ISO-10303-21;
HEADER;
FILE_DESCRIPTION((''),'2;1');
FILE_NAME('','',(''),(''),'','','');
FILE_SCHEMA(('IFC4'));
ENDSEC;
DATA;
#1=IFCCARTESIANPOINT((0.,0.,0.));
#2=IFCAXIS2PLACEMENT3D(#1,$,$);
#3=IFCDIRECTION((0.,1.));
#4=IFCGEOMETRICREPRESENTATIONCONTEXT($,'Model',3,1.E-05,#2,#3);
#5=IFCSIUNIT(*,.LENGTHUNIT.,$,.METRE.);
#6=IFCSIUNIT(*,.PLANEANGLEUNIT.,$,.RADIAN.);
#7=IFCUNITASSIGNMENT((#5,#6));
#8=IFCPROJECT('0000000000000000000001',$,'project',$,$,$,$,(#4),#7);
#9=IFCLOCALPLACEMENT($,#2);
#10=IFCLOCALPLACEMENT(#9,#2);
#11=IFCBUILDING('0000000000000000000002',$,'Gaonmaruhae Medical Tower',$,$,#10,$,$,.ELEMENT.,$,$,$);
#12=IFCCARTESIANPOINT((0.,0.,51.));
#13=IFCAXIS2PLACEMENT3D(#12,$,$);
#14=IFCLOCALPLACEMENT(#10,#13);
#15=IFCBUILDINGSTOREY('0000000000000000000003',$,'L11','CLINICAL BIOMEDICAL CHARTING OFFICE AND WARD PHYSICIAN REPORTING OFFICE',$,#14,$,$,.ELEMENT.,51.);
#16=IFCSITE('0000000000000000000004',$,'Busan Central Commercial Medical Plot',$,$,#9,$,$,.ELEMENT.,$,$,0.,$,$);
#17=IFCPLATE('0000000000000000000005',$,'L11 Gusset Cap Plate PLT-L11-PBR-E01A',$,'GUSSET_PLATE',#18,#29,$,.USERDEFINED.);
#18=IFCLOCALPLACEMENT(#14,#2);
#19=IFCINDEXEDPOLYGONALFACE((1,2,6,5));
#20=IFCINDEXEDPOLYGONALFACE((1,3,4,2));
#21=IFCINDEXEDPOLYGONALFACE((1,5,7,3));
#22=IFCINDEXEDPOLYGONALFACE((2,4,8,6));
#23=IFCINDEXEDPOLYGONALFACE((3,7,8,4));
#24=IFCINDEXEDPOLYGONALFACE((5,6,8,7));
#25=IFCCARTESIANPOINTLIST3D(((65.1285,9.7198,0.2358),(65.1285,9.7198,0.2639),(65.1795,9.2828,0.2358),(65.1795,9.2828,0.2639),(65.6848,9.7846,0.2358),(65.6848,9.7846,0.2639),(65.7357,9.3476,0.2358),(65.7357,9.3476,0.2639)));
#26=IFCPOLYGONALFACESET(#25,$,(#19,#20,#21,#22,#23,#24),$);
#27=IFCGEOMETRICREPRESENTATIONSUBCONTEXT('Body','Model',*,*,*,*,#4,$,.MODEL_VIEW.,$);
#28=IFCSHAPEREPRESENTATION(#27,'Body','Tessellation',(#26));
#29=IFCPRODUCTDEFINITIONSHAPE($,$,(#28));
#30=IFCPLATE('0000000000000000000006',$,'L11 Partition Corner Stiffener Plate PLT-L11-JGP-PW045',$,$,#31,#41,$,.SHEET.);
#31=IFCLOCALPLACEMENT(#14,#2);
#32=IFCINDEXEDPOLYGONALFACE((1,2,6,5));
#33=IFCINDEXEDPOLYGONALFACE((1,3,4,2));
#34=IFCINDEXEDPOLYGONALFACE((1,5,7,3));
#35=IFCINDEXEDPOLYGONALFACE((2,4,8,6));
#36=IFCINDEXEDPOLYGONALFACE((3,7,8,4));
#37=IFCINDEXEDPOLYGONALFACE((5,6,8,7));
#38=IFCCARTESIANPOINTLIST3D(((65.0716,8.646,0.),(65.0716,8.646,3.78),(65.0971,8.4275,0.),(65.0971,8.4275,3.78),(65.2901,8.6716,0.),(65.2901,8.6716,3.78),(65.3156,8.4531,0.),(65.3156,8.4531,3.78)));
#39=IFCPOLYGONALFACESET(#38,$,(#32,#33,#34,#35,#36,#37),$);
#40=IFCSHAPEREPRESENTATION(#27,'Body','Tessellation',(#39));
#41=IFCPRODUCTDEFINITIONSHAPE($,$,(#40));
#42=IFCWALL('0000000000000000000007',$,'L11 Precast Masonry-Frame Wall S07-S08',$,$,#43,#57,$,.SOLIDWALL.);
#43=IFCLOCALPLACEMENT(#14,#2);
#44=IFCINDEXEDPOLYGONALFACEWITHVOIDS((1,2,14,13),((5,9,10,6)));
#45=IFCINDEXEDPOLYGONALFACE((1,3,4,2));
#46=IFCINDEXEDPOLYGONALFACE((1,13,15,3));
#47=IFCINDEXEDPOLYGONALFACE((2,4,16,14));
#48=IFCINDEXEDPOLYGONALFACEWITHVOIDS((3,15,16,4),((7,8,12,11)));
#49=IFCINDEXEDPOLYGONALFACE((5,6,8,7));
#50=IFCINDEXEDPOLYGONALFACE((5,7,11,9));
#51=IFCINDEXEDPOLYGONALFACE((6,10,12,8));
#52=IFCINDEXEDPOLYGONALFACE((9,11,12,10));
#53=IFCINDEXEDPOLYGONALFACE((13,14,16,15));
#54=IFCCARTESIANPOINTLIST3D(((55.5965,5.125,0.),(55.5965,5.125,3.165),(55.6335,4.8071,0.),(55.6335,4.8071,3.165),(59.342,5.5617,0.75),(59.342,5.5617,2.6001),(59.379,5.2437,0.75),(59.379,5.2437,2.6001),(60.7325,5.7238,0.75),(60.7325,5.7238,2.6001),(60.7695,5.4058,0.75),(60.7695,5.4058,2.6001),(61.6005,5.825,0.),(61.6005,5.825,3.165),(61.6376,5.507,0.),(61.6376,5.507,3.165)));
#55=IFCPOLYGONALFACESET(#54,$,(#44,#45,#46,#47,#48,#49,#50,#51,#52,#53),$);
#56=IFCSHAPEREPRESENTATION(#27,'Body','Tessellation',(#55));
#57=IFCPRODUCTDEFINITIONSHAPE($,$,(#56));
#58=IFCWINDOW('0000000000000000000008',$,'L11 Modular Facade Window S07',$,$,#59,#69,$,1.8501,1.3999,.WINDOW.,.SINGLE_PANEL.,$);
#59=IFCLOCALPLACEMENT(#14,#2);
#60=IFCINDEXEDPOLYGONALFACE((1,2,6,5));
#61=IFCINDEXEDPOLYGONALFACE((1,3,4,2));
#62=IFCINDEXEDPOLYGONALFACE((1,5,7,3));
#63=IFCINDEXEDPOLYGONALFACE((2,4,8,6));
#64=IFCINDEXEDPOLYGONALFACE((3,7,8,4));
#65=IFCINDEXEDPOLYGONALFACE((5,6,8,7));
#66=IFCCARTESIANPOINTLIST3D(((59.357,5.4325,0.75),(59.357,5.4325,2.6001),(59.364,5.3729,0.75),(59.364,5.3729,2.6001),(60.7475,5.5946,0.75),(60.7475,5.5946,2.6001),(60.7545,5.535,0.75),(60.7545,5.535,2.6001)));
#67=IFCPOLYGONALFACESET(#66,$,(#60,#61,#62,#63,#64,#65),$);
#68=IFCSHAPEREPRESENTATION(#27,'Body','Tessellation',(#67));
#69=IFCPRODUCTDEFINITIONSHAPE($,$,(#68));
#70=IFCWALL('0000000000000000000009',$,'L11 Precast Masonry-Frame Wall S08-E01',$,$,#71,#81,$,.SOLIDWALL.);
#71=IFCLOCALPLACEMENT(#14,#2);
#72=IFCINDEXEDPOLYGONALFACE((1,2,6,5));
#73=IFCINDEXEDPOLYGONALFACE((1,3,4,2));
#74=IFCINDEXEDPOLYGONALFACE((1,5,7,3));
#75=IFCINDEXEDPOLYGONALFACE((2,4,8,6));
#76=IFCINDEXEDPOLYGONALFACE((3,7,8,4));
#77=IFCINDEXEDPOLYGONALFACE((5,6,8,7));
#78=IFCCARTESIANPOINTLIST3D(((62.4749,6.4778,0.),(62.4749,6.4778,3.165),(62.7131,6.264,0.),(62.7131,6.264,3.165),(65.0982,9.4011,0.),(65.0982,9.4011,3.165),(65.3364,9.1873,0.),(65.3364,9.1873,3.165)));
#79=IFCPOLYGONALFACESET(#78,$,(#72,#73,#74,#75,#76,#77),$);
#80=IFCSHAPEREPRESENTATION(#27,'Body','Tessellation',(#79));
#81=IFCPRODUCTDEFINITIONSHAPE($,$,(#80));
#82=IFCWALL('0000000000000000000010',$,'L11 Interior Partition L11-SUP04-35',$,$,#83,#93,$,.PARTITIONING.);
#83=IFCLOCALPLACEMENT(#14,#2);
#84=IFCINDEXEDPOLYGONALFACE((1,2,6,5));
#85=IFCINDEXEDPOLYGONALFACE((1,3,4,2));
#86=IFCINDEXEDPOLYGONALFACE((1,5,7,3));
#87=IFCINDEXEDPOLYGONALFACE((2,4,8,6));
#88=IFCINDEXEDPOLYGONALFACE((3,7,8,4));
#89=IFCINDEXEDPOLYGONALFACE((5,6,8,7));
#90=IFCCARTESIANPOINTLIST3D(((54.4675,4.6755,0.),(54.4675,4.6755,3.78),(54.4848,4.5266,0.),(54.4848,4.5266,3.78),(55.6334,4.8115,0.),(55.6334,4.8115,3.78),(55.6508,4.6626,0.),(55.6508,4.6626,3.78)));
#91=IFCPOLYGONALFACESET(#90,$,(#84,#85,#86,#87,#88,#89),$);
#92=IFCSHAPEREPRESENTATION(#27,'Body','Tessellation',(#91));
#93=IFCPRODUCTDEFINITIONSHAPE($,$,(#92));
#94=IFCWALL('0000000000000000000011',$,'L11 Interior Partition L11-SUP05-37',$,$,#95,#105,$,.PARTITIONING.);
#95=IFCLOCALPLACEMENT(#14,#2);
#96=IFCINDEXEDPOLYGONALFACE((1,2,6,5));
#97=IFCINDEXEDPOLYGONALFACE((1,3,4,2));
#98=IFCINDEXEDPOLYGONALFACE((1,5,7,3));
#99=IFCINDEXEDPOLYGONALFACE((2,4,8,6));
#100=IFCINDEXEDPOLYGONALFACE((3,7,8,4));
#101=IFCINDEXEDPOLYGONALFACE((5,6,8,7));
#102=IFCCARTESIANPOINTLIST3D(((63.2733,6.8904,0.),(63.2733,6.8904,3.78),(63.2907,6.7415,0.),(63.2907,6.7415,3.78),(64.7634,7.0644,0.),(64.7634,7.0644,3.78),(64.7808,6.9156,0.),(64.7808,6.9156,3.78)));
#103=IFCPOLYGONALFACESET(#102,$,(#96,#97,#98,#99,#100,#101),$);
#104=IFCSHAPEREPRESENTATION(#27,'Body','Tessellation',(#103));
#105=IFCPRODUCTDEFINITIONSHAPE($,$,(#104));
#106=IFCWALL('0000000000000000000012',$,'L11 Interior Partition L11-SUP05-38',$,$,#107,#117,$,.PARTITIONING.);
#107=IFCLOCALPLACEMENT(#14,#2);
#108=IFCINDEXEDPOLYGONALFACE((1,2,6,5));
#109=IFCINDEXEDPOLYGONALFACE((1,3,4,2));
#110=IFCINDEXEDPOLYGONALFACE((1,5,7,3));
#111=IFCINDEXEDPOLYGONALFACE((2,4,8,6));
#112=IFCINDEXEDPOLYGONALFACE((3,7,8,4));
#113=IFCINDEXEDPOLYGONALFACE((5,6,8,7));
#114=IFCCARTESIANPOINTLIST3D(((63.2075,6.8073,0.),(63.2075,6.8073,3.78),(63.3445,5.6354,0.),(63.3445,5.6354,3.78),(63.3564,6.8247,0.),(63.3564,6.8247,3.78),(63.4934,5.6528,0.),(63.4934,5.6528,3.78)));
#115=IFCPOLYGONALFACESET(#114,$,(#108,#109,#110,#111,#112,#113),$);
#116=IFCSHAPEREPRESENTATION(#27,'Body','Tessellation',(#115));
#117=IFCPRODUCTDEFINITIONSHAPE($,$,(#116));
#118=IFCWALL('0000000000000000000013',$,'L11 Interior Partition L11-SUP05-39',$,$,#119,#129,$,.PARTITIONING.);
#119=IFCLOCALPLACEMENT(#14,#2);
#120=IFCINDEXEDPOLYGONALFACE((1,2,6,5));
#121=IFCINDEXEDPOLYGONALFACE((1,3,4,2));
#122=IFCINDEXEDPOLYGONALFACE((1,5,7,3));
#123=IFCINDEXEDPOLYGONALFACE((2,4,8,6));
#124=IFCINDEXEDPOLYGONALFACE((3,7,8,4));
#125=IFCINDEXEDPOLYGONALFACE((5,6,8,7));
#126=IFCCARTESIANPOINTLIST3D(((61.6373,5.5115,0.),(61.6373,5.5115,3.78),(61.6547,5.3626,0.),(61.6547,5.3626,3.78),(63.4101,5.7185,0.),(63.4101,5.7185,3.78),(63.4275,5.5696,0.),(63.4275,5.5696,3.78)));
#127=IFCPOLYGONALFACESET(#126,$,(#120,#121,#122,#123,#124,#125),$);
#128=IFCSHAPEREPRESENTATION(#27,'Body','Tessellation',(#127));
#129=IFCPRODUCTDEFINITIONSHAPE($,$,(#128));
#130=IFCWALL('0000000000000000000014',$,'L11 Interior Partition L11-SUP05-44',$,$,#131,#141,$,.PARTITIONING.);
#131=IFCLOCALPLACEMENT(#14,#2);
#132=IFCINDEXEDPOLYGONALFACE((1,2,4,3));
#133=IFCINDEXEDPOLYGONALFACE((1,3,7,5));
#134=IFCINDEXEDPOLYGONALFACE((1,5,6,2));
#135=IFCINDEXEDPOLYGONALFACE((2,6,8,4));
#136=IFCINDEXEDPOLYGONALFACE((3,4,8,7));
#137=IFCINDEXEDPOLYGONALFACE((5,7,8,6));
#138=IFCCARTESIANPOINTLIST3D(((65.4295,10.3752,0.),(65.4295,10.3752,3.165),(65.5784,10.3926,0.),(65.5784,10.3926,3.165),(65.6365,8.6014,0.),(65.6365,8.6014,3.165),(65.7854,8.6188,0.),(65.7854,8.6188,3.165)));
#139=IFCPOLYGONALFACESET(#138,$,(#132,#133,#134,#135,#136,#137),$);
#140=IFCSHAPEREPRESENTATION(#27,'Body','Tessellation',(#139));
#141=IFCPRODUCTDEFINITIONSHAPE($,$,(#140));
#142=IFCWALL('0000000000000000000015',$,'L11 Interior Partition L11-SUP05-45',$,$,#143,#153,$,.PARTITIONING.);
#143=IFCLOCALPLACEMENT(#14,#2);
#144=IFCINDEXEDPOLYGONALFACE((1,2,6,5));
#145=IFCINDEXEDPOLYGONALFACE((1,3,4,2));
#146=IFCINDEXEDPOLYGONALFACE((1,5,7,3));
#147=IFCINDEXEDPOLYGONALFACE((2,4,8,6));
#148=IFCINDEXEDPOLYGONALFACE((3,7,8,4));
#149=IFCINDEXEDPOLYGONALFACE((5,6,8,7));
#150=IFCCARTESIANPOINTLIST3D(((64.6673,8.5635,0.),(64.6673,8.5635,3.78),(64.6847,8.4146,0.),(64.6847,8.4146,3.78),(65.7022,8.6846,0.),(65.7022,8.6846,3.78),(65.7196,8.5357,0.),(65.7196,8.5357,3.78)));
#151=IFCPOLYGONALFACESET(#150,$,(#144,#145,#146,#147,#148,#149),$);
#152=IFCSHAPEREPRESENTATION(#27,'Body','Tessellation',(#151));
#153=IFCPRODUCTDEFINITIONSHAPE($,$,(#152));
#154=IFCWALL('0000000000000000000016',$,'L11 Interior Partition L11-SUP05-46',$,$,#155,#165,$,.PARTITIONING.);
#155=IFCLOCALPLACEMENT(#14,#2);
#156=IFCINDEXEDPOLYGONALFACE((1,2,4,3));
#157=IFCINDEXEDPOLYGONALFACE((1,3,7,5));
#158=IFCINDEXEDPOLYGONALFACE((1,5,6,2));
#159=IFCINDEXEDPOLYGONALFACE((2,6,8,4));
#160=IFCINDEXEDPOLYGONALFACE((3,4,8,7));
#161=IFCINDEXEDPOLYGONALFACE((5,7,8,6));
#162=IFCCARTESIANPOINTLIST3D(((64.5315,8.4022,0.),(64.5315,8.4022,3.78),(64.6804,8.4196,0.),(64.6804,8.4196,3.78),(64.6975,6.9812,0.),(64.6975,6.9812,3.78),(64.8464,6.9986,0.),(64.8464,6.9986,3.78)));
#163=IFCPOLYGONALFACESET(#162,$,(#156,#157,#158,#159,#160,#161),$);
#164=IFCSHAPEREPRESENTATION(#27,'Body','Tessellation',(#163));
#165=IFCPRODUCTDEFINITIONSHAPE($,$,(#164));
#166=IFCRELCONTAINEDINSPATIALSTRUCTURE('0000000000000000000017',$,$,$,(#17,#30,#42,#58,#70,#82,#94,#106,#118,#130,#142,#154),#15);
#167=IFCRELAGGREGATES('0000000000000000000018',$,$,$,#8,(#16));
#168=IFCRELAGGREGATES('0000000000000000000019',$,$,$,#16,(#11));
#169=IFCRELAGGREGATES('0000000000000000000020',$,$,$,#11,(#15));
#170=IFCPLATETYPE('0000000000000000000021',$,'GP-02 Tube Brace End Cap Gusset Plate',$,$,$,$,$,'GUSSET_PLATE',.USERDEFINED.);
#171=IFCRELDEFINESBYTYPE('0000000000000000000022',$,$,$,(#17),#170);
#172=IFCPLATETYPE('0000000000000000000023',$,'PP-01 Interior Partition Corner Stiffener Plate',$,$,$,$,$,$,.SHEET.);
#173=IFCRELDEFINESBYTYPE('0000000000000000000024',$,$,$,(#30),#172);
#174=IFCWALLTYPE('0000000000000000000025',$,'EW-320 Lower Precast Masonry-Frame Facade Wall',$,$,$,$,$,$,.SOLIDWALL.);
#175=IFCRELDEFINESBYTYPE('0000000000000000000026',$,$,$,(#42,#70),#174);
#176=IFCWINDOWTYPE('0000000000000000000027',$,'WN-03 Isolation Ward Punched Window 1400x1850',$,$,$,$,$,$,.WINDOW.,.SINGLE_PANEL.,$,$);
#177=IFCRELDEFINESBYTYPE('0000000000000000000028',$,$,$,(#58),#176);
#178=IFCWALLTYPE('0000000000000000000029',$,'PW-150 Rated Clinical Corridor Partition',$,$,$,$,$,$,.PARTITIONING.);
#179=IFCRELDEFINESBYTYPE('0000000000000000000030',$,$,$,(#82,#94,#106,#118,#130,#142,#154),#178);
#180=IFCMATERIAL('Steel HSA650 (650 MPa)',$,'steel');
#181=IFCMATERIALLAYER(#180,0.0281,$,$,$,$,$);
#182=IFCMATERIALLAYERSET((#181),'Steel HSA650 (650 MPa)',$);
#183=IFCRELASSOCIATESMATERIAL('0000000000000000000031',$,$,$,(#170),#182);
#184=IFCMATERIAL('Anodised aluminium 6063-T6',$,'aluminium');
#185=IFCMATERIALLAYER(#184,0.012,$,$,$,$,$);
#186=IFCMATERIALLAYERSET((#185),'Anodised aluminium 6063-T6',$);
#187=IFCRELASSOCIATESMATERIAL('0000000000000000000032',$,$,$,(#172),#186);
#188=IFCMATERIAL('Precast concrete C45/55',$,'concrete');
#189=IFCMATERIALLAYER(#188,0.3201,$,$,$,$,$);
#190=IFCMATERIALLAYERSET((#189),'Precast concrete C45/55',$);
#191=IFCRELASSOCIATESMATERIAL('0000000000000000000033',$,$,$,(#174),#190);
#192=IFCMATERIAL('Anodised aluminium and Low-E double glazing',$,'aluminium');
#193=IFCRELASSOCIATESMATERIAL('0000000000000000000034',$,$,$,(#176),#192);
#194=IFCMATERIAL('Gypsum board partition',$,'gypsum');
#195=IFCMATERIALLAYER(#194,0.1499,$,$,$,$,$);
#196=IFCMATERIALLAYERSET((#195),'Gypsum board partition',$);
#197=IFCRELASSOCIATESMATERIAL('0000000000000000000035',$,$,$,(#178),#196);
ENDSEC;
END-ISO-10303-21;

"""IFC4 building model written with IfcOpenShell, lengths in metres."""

from ifc_helpers import new_model, si_unit, direction, frame, frame_2d, origin, origin_2d, place, context, subcontext, project, spatial, rectangle, extrude, material, layer, layer_set, type_object, element, fill, save


model = new_model("IFC4")

# Units and contexts
model_context = context("Model", 3, precision=1e-05, world=origin(), true_north=direction((0.0, 1.0)))
body_context = subcontext(model_context, "Body", "Model", "MODEL_VIEW")
ifc_project = project(units=[si_unit("LENGTHUNIT", "METRE"), si_unit("PLANEANGLEUNIT", "RADIAN")], contexts=[model_context])

# Site, building, storey
site_placement = place(None, origin())
site = spatial("IfcSite", under=ifc_project, at=site_placement, Name="Busan Central Commercial Medical Plot", CompositionType="ELEMENT", RefElevation=0.0)
building_placement = place(site_placement, origin())
building = spatial("IfcBuilding", under=site, at=building_placement, Name="Gaonmaruhae Medical Tower", CompositionType="ELEMENT")
storey_placement = place(building_placement, frame((0.0, 0.0, 51.0)))
storey = spatial("IfcBuildingStorey", under=building, at=storey_placement, Name="L11", Description="CLINICAL BIOMEDICAL CHARTING OFFICE AND WARD PHYSICIAN REPORTING OFFICE", CompositionType="ELEMENT", Elevation=51.0)

# Plates
ifc_material_1 = material(Name="Steel HSA650 (650 MPa)", Category="steel")
ifc_layer_1 = layer(ifc_material_1, 0.0281)
ifc_layer_set_1 = layer_set([ifc_layer_1], Name="Steel HSA650 (650 MPa)")
plate_type_1 = type_object("IfcPlateType", Name="GP-02 Tube Brace End Cap Gusset Plate", ElementType="GUSSET_PLATE", PredefinedType="USERDEFINED", material=ifc_layer_set_1)
plate_1_placement = place(storey_placement, frame((65.4321, 9.5337, 0.2358), z_axis=(0.0, 0.0, 1.0), x_axis=(0.993272, 0.115804, 0.0)))
element("IfcPlate", 1, at=plate_1_placement, inside=storey, type_object=plate_type_1, Name="L11 Gusset Cap Plate PLT-L11-PBR-E01A", ObjectType="GUSSET_PLATE", PredefinedType="USERDEFINED", context=body_context, shape_type="SweptSolid", body=[
    extrude(rectangle(XDim=0.5601, YDim=0.4399, at=origin_2d()), origin(), (0.0, 0.0, 1.0), 0.0281),
])
ifc_material_2 = material(Name="Anodised aluminium 6063-T6", Category="aluminium")
ifc_layer_2 = layer(ifc_material_2, 0.012)
ifc_layer_set_2 = layer_set([ifc_layer_2], Name="Anodised aluminium 6063-T6")
plate_type_2 = type_object("IfcPlateType", Name="PP-01 Interior Partition Corner Stiffener Plate", PredefinedType="SHEET", material=ifc_layer_set_2)
plate_2_placement = place(storey_placement, frame((65.1936, 8.5496, 0.0), z_axis=(0.0, 0.0, 1.0), x_axis=(-0.993236, -0.116116, 0.0)))
element("IfcPlate", 2, at=plate_2_placement, inside=storey, type_object=plate_type_2, Name="L11 Partition Corner Stiffener Plate PLT-L11-JGP-PW045", PredefinedType="SHEET", context=body_context, shape_type="SweptSolid", body=[
    extrude(rectangle(XDim=0.22, YDim=0.22, at=origin_2d()), origin(), (0.0, 0.0, 1.0), 3.78),
])

# Wall, opening, window
ifc_material_3 = material(Name="Precast concrete C45/55", Category="concrete")
ifc_layer_3 = layer(ifc_material_3, 0.3201)
ifc_layer_set_3 = layer_set([ifc_layer_3], Name="Precast concrete C45/55")
wall_type_1 = type_object("IfcWallType", Name="EW-320 Lower Precast Masonry-Frame Facade Wall", PredefinedType="SOLIDWALL", material=ifc_layer_set_3)
wall_1_placement = place(storey_placement, frame((61.6191, 5.666, 0.0), z_axis=(0.0, 0.0, 1.0), x_axis=(-0.993273, -0.115798, 0.0)))
wall_1 = element("IfcWall", 3, at=wall_1_placement, inside=storey, type_object=wall_type_1, Name="L11 Precast Masonry-Frame Wall S07-S08", PredefinedType="SOLIDWALL", context=body_context, shape_type="SweptSolid", body=[
    extrude(rectangle(XDim=6.0447, YDim=0.3201, at=frame_2d((3.0225, 0.0))), origin(), (0.0, 0.0, 1.0), 3.165),
])
opening_placement = place(wall_1_placement, frame((0.874, 0.0, 0.75)))
opening = element("IfcOpeningElement", 4, at=opening_placement, cuts=wall_1, PredefinedType="OPENING", context=body_context, shape_type="SweptSolid", body=[
    extrude(rectangle(XDim=1.3999, YDim=1.8501, at=frame_2d((0.7, 0.925))), frame((0.0, 0.1699, 0.0), z_axis=(0.0, -1.0, 0.0), x_axis=(1.0, 0.0, 0.0)), (0.0, 0.0, 1.0), 0.3401),
])
ifc_material_4 = material(Name="Anodised aluminium and Low-E double glazing", Category="aluminium")
window_type = type_object("IfcWindowType", Name="WN-03 Isolation Ward Punched Window 1400x1850", PartitioningType="SINGLE_PANEL", PredefinedType="WINDOW", material=ifc_material_4)
window_placement = place(opening_placement, origin())
window = element("IfcWindow", 5, at=window_placement, inside=storey, type_object=window_type, Name="L11 Modular Facade Window S07", OverallHeight=1.8501, OverallWidth=1.3999, PartitioningType="SINGLE_PANEL", PredefinedType="WINDOW", context=body_context, shape_type="SweptSolid", body=[
    extrude(rectangle(XDim=1.3999, YDim=1.8501, at=frame_2d((0.7, 0.925))), frame((0.0, 0.03, 0.0), z_axis=(0.0, -1.0, 0.0), x_axis=(1.0, 0.0, 0.0)), (0.0, 0.0, 1.0), 0.0601),
])
fill(opening, window)

# Walls
wall_2_placement = place(storey_placement, frame((65.2173, 9.2942, 0.0), z_axis=(0.0, 0.0, 1.0), x_axis=(-0.667879, -0.74427, 0.0)))
element("IfcWall", 6, at=wall_2_placement, inside=storey, type_object=wall_type_1, Name="L11 Precast Masonry-Frame Wall S08-E01", PredefinedType="SOLIDWALL", context=body_context, shape_type="SweptSolid", body=[
    extrude(rectangle(XDim=3.9277, YDim=0.3201, at=frame_2d((1.9639, 0.0))), origin(), (0.0, 0.0, 1.0), 3.165),
])
ifc_material_5 = material(Name="Gypsum board partition", Category="gypsum")
ifc_layer_4 = layer(ifc_material_5, 0.1499)
ifc_layer_set_4 = layer_set([ifc_layer_4], Name="Gypsum board partition")
wall_type_2 = type_object("IfcWallType", Name="PW-150 Rated Clinical Corridor Partition", PredefinedType="PARTITIONING", material=ifc_layer_set_4)
wall_3_placement = place(storey_placement, frame((55.6421, 4.7371, 0.0), z_axis=(0.0, 0.0, 1.0), x_axis=(-0.993268, -0.11584, 0.0)))
element("IfcWall", 7, at=wall_3_placement, inside=storey, type_object=wall_type_2, Name="L11 Interior Partition L11-SUP04-35", PredefinedType="PARTITIONING", context=body_context, shape_type="SweptSolid", body=[
    extrude(rectangle(XDim=1.1738, YDim=0.1499, at=frame_2d((0.5869, 0.0))), origin(), (0.0, 0.0, 1.0), 3.78),
])
wall_4_placement = place(storey_placement, frame((64.772, 6.99, 0.0), z_axis=(0.0, 0.0, 1.0), x_axis=(-0.993245, -0.116039, 0.0)))
element("IfcWall", 8, at=wall_4_placement, inside=storey, type_object=wall_type_2, Name="L11 Interior Partition L11-SUP05-37", PredefinedType="PARTITIONING", context=body_context, shape_type="SweptSolid", body=[
    extrude(rectangle(XDim=1.5002, YDim=0.1499, at=frame_2d((0.75, 0.0))), origin(), (0.0, 0.0, 1.0), 3.78),
])
wall_5_placement = place(storey_placement, frame((63.282, 6.8159, 0.0), z_axis=(0.0, 0.0, 1.0), x_axis=(0.116085, -0.993239, 0.0)))
element("IfcWall", 9, at=wall_5_placement, inside=storey, type_object=wall_type_2, Name="L11 Interior Partition L11-SUP05-38", PredefinedType="PARTITIONING", context=body_context, shape_type="SweptSolid", body=[
    extrude(rectangle(XDim=1.1799, YDim=0.1499, at=frame_2d((0.5898, 0.0))), origin(), (0.0, 0.0, 1.0), 3.78),
])
wall_6_placement = place(storey_placement, frame((63.4189, 5.644, 0.0), z_axis=(0.0, 0.0, 1.0), x_axis=(-0.993251, -0.115984, 0.0)))
element("IfcWall", 10, at=wall_6_placement, inside=storey, type_object=wall_type_2, Name="L11 Interior Partition L11-SUP05-39", PredefinedType="PARTITIONING", context=body_context, shape_type="SweptSolid", body=[
    extrude(rectangle(XDim=1.7849, YDim=0.1499, at=frame_2d((0.8926, 0.0))), origin(), (0.0, 0.0, 1.0), 3.78),
])
wall_7_placement = place(storey_placement, frame((65.5039, 10.384, 0.0), z_axis=(0.0, 0.0, 1.0), x_axis=(0.115921, -0.993258, 0.0)))
element("IfcWall", 11, at=wall_7_placement, inside=storey, type_object=wall_type_2, Name="L11 Interior Partition L11-SUP05-44", PredefinedType="PARTITIONING", context=body_context, shape_type="SweptSolid", body=[
    extrude(rectangle(XDim=1.7859, YDim=0.1499, at=frame_2d((0.8931, 0.0))), origin(), (0.0, 0.0, 1.0), 3.165),
])
wall_8_placement = place(storey_placement, frame((65.7109, 8.6101, 0.0), z_axis=(0.0, 0.0, 1.0), x_axis=(-0.993224, -0.116216, 0.0)))
element("IfcWall", 12, at=wall_8_placement, inside=storey, type_object=wall_type_2, Name="L11 Interior Partition L11-SUP05-45", PredefinedType="PARTITIONING", context=body_context, shape_type="SweptSolid", body=[
    extrude(rectangle(XDim=1.042, YDim=0.1499, at=frame_2d((0.521, 0.0))), origin(), (0.0, 0.0, 1.0), 3.78),
])
wall_9_placement = place(storey_placement, frame((64.606, 8.4109, 0.0), z_axis=(0.0, 0.0, 1.0), x_axis=(0.116049, -0.993243, 0.0)))
element("IfcWall", 13, at=wall_9_placement, inside=storey, type_object=wall_type_2, Name="L11 Interior Partition L11-SUP05-46", PredefinedType="PARTITIONING", context=body_context, shape_type="SweptSolid", body=[
    extrude(rectangle(XDim=1.4307, YDim=0.1499, at=frame_2d((0.7153, 0.0))), origin(), (0.0, 0.0, 1.0), 3.78),
])

save(model, "model.ifc")
